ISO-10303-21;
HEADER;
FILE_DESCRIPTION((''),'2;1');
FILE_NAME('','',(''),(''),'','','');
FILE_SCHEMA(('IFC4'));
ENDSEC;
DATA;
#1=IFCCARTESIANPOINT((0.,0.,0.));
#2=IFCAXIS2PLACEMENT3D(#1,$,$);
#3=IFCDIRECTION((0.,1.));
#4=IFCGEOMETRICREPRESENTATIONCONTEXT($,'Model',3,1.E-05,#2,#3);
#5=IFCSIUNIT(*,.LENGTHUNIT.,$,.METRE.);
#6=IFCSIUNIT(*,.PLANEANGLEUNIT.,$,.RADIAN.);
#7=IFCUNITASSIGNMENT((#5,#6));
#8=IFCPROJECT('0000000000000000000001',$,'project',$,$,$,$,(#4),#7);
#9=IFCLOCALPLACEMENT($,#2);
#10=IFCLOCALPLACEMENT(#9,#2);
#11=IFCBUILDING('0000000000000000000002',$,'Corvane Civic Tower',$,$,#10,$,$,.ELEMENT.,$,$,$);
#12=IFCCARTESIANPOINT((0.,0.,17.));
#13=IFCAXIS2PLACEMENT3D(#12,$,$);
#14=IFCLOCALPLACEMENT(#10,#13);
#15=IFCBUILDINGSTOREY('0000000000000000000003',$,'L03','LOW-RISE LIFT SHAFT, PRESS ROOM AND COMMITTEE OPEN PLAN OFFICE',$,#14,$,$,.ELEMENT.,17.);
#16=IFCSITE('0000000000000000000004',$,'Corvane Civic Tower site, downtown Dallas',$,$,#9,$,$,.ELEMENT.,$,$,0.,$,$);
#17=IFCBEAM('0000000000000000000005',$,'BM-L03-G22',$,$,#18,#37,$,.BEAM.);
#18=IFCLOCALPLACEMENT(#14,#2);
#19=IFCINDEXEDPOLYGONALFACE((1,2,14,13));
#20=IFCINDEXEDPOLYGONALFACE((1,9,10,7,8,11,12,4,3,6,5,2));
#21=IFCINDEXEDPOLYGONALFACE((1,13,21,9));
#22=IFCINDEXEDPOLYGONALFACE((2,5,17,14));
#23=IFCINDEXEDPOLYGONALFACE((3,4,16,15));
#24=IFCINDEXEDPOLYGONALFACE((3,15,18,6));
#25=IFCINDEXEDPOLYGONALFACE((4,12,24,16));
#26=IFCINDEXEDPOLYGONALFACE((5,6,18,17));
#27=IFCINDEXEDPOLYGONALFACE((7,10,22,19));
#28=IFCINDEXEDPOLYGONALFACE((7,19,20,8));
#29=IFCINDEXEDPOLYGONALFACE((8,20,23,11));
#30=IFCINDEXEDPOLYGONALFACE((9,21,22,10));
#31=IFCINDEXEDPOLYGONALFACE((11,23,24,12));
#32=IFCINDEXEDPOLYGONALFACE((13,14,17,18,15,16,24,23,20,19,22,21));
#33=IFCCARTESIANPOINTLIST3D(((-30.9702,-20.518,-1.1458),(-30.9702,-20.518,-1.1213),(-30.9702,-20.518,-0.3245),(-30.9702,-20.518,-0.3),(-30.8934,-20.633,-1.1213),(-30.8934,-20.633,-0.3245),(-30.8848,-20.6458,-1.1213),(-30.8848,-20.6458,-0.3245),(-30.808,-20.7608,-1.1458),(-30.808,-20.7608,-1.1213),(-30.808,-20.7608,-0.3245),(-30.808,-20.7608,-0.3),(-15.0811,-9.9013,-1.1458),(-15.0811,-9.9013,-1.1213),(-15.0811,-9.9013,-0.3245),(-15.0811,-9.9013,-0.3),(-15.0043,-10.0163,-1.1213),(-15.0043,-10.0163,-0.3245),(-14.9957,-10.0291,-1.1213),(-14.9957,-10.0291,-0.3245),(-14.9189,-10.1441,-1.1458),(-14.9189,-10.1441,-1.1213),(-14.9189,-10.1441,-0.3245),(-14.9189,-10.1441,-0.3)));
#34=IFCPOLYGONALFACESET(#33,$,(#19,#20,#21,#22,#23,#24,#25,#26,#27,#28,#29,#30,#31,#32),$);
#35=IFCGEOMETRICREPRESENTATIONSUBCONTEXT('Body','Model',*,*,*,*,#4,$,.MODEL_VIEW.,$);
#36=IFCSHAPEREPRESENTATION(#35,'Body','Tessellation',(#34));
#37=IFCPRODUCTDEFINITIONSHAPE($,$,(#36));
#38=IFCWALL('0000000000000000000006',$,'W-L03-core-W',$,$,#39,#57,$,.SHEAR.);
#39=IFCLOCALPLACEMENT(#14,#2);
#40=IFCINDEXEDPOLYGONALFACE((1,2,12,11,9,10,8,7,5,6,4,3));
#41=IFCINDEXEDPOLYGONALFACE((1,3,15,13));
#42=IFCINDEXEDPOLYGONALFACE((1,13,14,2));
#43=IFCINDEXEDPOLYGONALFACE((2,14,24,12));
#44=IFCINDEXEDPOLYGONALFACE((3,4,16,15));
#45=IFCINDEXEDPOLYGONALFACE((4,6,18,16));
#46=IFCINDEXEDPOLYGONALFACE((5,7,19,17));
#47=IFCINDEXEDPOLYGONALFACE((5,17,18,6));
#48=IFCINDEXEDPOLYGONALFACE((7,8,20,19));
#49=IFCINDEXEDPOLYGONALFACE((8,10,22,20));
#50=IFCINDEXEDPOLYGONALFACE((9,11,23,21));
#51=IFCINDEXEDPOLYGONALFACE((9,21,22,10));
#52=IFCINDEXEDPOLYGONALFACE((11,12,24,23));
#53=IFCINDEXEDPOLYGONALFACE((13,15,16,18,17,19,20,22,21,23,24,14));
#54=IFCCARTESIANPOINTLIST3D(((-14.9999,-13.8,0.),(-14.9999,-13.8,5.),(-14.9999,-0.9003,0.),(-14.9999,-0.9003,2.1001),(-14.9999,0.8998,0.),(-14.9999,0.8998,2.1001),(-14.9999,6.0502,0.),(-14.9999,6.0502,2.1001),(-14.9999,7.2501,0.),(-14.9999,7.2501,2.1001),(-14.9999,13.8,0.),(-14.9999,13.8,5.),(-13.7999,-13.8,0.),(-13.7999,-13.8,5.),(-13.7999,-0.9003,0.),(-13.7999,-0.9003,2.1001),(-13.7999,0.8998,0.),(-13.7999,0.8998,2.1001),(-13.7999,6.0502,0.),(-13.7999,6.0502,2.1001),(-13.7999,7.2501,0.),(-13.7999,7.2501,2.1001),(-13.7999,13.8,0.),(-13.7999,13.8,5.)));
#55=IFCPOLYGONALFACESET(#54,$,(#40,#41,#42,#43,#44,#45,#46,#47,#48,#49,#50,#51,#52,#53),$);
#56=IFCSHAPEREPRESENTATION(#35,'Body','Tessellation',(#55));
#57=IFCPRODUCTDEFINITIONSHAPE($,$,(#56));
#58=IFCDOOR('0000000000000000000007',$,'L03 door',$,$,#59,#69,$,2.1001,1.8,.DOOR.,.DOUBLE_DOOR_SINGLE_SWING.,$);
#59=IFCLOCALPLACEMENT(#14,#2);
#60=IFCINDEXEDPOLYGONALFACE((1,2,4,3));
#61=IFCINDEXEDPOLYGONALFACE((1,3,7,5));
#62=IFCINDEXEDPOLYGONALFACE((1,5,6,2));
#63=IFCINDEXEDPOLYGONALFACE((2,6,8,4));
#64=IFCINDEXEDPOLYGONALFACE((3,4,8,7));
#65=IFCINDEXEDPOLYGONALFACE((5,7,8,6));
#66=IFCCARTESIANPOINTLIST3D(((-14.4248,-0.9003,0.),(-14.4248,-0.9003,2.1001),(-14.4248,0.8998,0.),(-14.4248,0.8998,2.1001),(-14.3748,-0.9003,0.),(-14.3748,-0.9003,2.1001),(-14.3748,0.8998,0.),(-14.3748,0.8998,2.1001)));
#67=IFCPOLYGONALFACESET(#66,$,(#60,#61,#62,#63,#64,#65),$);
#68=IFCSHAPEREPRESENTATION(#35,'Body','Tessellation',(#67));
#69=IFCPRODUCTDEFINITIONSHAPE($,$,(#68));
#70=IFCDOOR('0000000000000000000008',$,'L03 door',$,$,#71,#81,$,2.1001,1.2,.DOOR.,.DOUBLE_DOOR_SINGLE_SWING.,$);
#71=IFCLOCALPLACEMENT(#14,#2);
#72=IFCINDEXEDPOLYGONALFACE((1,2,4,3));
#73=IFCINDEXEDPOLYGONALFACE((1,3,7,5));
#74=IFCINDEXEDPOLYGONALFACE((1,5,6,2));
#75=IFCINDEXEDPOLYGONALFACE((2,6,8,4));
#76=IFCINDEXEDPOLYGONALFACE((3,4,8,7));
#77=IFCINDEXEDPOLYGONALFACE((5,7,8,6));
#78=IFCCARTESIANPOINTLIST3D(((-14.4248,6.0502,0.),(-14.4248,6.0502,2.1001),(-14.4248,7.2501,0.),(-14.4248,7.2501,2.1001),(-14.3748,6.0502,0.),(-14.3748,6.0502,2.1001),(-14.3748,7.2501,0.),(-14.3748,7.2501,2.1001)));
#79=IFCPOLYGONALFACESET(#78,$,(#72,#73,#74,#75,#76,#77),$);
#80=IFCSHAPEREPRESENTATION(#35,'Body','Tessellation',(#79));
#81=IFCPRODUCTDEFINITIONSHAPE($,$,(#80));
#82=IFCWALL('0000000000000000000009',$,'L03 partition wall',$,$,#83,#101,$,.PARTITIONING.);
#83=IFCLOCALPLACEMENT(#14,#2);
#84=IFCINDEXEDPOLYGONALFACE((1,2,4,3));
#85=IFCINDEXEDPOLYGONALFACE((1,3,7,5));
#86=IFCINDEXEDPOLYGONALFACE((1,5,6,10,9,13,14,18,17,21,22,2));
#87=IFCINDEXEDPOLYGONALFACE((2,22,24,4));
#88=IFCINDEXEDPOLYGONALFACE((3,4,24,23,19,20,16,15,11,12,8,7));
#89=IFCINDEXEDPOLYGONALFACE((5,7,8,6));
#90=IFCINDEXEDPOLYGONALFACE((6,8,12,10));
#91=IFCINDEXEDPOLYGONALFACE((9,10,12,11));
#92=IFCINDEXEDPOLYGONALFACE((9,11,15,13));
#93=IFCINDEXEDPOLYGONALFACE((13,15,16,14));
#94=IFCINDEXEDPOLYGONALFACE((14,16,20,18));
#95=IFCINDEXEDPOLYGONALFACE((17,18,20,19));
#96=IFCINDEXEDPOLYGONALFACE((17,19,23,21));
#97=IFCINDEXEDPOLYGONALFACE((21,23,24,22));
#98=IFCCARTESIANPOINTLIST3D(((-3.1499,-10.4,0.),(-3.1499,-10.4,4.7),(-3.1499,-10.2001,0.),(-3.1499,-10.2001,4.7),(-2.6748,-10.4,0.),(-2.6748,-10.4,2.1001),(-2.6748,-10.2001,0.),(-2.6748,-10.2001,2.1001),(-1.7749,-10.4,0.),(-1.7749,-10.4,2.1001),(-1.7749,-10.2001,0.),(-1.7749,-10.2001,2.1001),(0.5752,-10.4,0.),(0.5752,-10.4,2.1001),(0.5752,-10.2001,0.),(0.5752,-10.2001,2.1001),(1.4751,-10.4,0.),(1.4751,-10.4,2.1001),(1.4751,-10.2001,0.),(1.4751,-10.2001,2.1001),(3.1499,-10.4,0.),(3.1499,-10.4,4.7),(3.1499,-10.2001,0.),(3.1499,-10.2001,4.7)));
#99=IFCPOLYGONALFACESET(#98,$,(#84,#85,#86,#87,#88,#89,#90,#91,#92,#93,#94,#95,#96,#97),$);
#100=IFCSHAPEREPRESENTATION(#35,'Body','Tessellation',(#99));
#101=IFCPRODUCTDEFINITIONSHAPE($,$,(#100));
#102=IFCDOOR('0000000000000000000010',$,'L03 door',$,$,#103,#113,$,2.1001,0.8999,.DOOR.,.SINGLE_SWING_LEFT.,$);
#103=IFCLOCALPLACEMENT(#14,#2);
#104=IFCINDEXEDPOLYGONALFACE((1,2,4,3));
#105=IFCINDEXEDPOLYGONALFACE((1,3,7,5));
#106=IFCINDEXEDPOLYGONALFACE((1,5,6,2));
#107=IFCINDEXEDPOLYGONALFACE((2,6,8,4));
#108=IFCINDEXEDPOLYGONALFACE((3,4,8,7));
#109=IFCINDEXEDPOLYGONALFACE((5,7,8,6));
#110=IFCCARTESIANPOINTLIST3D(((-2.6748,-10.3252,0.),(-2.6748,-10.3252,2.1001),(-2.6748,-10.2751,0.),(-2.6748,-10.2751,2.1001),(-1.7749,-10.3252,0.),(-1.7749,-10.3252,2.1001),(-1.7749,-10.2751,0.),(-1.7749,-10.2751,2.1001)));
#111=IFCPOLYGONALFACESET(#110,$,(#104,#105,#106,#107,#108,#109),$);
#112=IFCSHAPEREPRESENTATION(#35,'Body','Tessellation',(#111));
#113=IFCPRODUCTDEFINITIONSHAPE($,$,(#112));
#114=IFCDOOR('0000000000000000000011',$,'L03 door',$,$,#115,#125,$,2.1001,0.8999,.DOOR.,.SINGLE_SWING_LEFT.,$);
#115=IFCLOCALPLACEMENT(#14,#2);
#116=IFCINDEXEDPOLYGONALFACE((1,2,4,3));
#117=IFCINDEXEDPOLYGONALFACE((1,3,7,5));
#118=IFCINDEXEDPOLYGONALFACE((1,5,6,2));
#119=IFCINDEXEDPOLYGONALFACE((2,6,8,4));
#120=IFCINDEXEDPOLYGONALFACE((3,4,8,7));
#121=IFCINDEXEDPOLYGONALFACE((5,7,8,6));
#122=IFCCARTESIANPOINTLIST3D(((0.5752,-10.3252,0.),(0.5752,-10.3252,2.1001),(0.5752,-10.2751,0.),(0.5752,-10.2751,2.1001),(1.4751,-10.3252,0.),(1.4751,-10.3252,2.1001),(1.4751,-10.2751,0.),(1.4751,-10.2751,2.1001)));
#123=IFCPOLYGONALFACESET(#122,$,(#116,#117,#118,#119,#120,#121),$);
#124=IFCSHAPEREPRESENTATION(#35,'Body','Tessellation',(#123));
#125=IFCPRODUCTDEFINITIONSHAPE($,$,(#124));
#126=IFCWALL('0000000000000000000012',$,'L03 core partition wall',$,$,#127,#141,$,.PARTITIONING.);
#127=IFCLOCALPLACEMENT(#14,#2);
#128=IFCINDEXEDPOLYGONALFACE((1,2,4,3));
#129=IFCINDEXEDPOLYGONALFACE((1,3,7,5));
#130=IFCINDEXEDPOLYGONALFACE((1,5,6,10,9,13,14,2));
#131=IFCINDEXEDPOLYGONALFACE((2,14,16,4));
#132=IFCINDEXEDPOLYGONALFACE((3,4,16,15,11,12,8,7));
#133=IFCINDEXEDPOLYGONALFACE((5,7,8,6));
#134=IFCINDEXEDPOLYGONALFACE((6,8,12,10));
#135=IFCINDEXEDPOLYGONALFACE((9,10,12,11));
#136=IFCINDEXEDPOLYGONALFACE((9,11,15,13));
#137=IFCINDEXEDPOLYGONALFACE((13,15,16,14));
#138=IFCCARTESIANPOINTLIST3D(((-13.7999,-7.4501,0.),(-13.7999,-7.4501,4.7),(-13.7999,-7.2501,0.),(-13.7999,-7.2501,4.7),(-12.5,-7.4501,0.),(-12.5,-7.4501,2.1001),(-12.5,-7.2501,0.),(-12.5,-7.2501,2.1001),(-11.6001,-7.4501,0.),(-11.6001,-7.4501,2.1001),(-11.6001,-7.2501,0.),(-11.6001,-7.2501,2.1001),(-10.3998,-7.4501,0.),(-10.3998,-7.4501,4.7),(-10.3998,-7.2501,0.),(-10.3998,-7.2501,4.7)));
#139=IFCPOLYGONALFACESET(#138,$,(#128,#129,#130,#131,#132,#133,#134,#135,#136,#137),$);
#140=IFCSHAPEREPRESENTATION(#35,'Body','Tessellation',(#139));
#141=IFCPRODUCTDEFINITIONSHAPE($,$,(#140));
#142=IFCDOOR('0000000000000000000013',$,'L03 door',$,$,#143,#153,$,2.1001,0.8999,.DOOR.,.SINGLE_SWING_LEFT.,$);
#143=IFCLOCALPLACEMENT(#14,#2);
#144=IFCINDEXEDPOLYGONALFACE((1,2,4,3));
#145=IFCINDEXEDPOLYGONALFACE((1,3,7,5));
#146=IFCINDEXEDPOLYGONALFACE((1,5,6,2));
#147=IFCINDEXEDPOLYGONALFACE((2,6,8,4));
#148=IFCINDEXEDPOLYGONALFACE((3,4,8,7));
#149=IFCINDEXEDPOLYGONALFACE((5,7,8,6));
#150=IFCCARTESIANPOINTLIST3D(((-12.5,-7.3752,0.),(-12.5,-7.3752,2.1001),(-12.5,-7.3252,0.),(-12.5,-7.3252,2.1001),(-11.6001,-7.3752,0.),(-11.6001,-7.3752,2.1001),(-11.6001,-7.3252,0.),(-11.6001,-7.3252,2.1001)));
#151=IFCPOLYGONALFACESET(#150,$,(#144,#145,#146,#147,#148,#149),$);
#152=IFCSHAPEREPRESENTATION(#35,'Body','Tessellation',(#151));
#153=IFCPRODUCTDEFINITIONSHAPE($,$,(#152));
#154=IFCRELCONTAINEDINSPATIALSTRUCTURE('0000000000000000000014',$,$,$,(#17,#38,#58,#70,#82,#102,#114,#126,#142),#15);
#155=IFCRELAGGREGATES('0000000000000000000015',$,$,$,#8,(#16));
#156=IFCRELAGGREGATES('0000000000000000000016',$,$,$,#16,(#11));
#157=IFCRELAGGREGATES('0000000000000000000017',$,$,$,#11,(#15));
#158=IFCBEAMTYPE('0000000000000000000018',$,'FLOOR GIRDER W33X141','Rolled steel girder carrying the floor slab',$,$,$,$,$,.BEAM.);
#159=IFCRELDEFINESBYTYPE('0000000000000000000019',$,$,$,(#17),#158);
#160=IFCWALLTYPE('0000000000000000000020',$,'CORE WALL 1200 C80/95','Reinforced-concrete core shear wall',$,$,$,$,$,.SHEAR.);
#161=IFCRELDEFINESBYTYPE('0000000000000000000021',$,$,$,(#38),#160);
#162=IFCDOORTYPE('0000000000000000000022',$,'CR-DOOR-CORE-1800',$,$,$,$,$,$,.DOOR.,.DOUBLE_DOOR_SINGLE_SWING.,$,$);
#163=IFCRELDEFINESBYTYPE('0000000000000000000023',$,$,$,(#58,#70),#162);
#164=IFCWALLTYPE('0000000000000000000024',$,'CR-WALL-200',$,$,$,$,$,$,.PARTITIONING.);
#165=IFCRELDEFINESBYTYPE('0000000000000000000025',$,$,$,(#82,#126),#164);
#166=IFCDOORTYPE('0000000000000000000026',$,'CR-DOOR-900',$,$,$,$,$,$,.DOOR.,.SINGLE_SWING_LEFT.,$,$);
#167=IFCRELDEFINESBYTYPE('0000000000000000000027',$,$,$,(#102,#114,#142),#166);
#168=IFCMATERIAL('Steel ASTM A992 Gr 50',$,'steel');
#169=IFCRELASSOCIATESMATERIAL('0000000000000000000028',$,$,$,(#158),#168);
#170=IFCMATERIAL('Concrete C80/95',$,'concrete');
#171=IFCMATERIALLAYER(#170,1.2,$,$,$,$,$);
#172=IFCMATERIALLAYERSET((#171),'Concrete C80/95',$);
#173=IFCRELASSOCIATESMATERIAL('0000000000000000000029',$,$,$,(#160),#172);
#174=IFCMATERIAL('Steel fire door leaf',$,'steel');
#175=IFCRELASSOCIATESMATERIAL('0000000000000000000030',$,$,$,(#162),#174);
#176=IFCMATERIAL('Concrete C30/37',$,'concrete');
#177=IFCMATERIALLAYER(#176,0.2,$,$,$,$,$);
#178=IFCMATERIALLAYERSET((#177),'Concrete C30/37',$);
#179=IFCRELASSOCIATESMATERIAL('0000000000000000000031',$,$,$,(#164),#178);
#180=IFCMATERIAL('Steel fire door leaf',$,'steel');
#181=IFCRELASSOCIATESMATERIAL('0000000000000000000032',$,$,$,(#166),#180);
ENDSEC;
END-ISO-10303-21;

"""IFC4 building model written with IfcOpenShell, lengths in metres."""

from ifc_helpers import new_model, si_unit, direction, frame, frame_2d, origin, origin_2d, place, context, subcontext, project, spatial, rectangle, i_section, extrude, material, layer, layer_set, material_profile, profile_set, type_object, element, fill, save


model = new_model("IFC4")

# Units and contexts
model_context = context("Model", 3, precision=1e-05, world=origin(), true_north=direction((0.0, 1.0)))
body_context = subcontext(model_context, "Body", "Model", "MODEL_VIEW")
ifc_project = project(units=[si_unit("LENGTHUNIT", "METRE"), si_unit("PLANEANGLEUNIT", "RADIAN")], contexts=[model_context])

# Site, building, storey
site_placement = place(None, origin())
site = spatial("IfcSite", under=ifc_project, at=site_placement, Name="Corvane Civic Tower site, downtown Dallas", CompositionType="ELEMENT", RefElevation=0.0)
building_placement = place(site_placement, origin())
building = spatial("IfcBuilding", under=site, at=building_placement, Name="Corvane Civic Tower", CompositionType="ELEMENT")
storey_placement = place(building_placement, frame((0.0, 0.0, 17.0)))
storey = spatial("IfcBuildingStorey", under=building, at=storey_placement, Name="L03", Description="LOW-RISE LIFT SHAFT, PRESS ROOM AND COMMITTEE OPEN PLAN OFFICE", CompositionType="ELEMENT", Elevation=17.0)

# Beam
ifc_material_1 = material(Name="Steel ASTM A992 Gr 50", Category="steel")
ifc_material_profile = material_profile(ifc_material_1, i_section(OverallWidth=0.292, OverallDepth=0.8457, WebThickness=0.0154, FlangeThickness=0.0244, at=origin_2d()), Name="W33X141")
ifc_profile_set = profile_set([ifc_material_profile], Name="Steel ASTM A992 Gr 50")
beam_type = type_object("IfcBeamType", Name="FLOOR GIRDER W33X141", Description="Rolled steel girder carrying the floor slab", PredefinedType="BEAM", material=ifc_profile_set)
beam_placement = place(storey_placement, frame((-15.0, -10.0227, -0.7229), z_axis=(-0.831472, -0.555567, 0.0), x_axis=(0.555567, -0.831472, 0.0)))
element("IfcBeam", 1, at=beam_placement, inside=storey, type_object=beam_type, Name="BM-L03-G22", PredefinedType="BEAM", context=body_context, shape_type="SweptSolid", body=[
    extrude(i_section(OverallWidth=0.292, OverallDepth=0.8457, WebThickness=0.0154, FlangeThickness=0.0244, at=origin_2d()), origin(), (0.0, 0.0, 1.0), 19.1096),
])

# Walls, openings, doors
ifc_material_2 = material(Name="Concrete C80/95", Category="concrete")
ifc_layer_1 = layer(ifc_material_2, 1.2)
ifc_layer_set_1 = layer_set([ifc_layer_1], Name="Concrete C80/95")
wall_type_1 = type_object("IfcWallType", Name="CORE WALL 1200 C80/95", Description="Reinforced-concrete core shear wall", PredefinedType="SHEAR", material=ifc_layer_set_1)
wall_1_placement = place(storey_placement, frame((-14.3999, -13.8, 0.0), z_axis=(0.0, 0.0, 1.0), x_axis=(0.0, 1.0, 0.0)))
wall_1 = element("IfcWall", 2, at=wall_1_placement, inside=storey, type_object=wall_type_1, Name="W-L03-core-W", PredefinedType="SHEAR", context=body_context, shape_type="SweptSolid", body=[
    extrude(rectangle(XDim=27.6001, YDim=1.2, at=frame_2d((13.8, 0.0))), origin(), (0.0, 0.0, 1.0), 5.0),
])
opening_1_placement = place(wall_1_placement, frame((12.8999, 0.0, 0.0)))
opening_1 = element("IfcOpeningElement", 3, at=opening_1_placement, cuts=wall_1, PredefinedType="OPENING", context=body_context, shape_type="SweptSolid", body=[
    extrude(rectangle(XDim=1.8, YDim=2.1001, at=frame_2d((0.8999, 1.05))), frame((0.0, 0.6099, 0.0), z_axis=(0.0, -1.0, 0.0), x_axis=(1.0, 0.0, 0.0)), (0.0, 0.0, 1.0), 1.22),
])
opening_2_placement = place(wall_1_placement, frame((19.8501, 0.0, 0.0)))
opening_2 = element("IfcOpeningElement", 4, at=opening_2_placement, cuts=wall_1, PredefinedType="OPENING", context=body_context, shape_type="SweptSolid", body=[
    extrude(rectangle(XDim=1.2, YDim=2.1001, at=frame_2d((0.6001, 1.05))), frame((0.0, 0.6099, 0.0), z_axis=(0.0, -1.0, 0.0), x_axis=(1.0, 0.0, 0.0)), (0.0, 0.0, 1.0), 1.22),
])
ifc_material_3 = material(Name="Steel fire door leaf", Category="steel")
door_type_1 = type_object("IfcDoorType", Name="CR-DOOR-CORE-1800", OperationType="DOUBLE_DOOR_SINGLE_SWING", PredefinedType="DOOR", material=ifc_material_3)
door_1_placement = place(opening_1_placement, origin())
door_1 = element("IfcDoor", 5, at=door_1_placement, inside=storey, type_object=door_type_1, Name="L03 door", OperationType="DOUBLE_DOOR_SINGLE_SWING", OverallHeight=2.1001, OverallWidth=1.8, PredefinedType="DOOR", context=body_context, shape_type="SweptSolid", body=[
    extrude(rectangle(XDim=1.8, YDim=2.1001, at=frame_2d((0.8999, 1.05))), frame((0.0, 0.0249, 0.0), z_axis=(0.0, -1.0, 0.0), x_axis=(1.0, 0.0, 0.0)), (0.0, 0.0, 1.0), 0.05),
])
fill(opening_1, door_1)
door_2_placement = place(opening_2_placement, origin())
door_2 = element("IfcDoor", 6, at=door_2_placement, inside=storey, type_object=door_type_1, Name="L03 door", OperationType="DOUBLE_DOOR_SINGLE_SWING", OverallHeight=2.1001, OverallWidth=1.2, PredefinedType="DOOR", context=body_context, shape_type="SweptSolid", body=[
    extrude(rectangle(XDim=1.2, YDim=2.1001, at=frame_2d((0.6001, 1.05))), frame((0.0, 0.0249, 0.0), z_axis=(0.0, -1.0, 0.0), x_axis=(1.0, 0.0, 0.0)), (0.0, 0.0, 1.0), 0.05),
])
fill(opening_2, door_2)
ifc_material_4 = material(Name="Concrete C30/37", Category="concrete")
ifc_layer_2 = layer(ifc_material_4, 0.2)
ifc_layer_set_2 = layer_set([ifc_layer_2], Name="Concrete C30/37")
wall_type_2 = type_object("IfcWallType", Name="CR-WALL-200", PredefinedType="PARTITIONING", material=ifc_layer_set_2)
wall_2_placement = place(storey_placement, frame((-3.1499, -10.3, 0.0), z_axis=(0.0, 0.0, 1.0), x_axis=(1.0, 0.0, 0.0)))
wall_2 = element("IfcWall", 7, at=wall_2_placement, inside=storey, type_object=wall_type_2, Name="L03 partition wall", PredefinedType="PARTITIONING", context=body_context, shape_type="SweptSolid", body=[
    extrude(rectangle(XDim=6.2998, YDim=0.2, at=frame_2d((3.1499, 0.0))), origin(), (0.0, 0.0, 1.0), 4.7),
])
opening_3_placement = place(wall_2_placement, frame((0.4751, 0.0, 0.0)))
opening_3 = element("IfcOpeningElement", 8, at=opening_3_placement, cuts=wall_2, PredefinedType="OPENING", context=body_context, shape_type="SweptSolid", body=[
    extrude(rectangle(XDim=0.8999, YDim=2.1001, at=frame_2d((0.45, 1.05))), frame((0.0, 0.1099, 0.0), z_axis=(0.0, -1.0, 0.0), x_axis=(1.0, 0.0, 0.0)), (0.0, 0.0, 1.0), 0.22),
])
opening_4_placement = place(wall_2_placement, frame((3.7251, 0.0, 0.0)))
opening_4 = element("IfcOpeningElement", 9, at=opening_4_placement, cuts=wall_2, PredefinedType="OPENING", context=body_context, shape_type="SweptSolid", body=[
    extrude(rectangle(XDim=0.8999, YDim=2.1001, at=frame_2d((0.45, 1.05))), frame((0.0, 0.1099, 0.0), z_axis=(0.0, -1.0, 0.0), x_axis=(1.0, 0.0, 0.0)), (0.0, 0.0, 1.0), 0.22),
])
ifc_material_5 = material(Name="Steel fire door leaf", Category="steel")
door_type_2 = type_object("IfcDoorType", Name="CR-DOOR-900", OperationType="SINGLE_SWING_LEFT", PredefinedType="DOOR", material=ifc_material_5)
door_3_placement = place(opening_3_placement, origin())
door_3 = element("IfcDoor", 10, at=door_3_placement, inside=storey, type_object=door_type_2, Name="L03 door", OperationType="SINGLE_SWING_LEFT", OverallHeight=2.1001, OverallWidth=0.8999, PredefinedType="DOOR", context=body_context, shape_type="SweptSolid", body=[
    extrude(rectangle(XDim=0.8999, YDim=2.1001, at=frame_2d((0.45, 1.05))), frame((0.0, 0.0249, 0.0), z_axis=(0.0, -1.0, 0.0), x_axis=(1.0, 0.0, 0.0)), (0.0, 0.0, 1.0), 0.05),
])
fill(opening_3, door_3)
door_4_placement = place(opening_4_placement, origin())
door_4 = element("IfcDoor", 11, at=door_4_placement, inside=storey, type_object=door_type_2, Name="L03 door", OperationType="SINGLE_SWING_LEFT", OverallHeight=2.1001, OverallWidth=0.8999, PredefinedType="DOOR", context=body_context, shape_type="SweptSolid", body=[
    extrude(rectangle(XDim=0.8999, YDim=2.1001, at=frame_2d((0.45, 1.05))), frame((0.0, 0.0249, 0.0), z_axis=(0.0, -1.0, 0.0), x_axis=(1.0, 0.0, 0.0)), (0.0, 0.0, 1.0), 0.05),
])
fill(opening_4, door_4)

# Wall, opening, door
wall_3_placement = place(storey_placement, frame((-13.8, -7.3501, 0.0), z_axis=(0.0, 0.0, 1.0), x_axis=(1.0, 0.0, 0.0)))
wall_3 = element("IfcWall", 12, at=wall_3_placement, inside=storey, type_object=wall_type_2, Name="L03 core partition wall", PredefinedType="PARTITIONING", context=body_context, shape_type="SweptSolid", body=[
    extrude(rectangle(XDim=3.4001, YDim=0.2, at=frame_2d((1.7002, 0.0))), origin(), (0.0, 0.0, 1.0), 4.7),
])
opening_5_placement = place(wall_3_placement, frame((1.3, 0.0, 0.0)))
opening_5 = element("IfcOpeningElement", 13, at=opening_5_placement, cuts=wall_3, PredefinedType="OPENING", context=body_context, shape_type="SweptSolid", body=[
    extrude(rectangle(XDim=0.8999, YDim=2.1001, at=frame_2d((0.45, 1.05))), frame((0.0, 0.1099, 0.0), z_axis=(0.0, -1.0, 0.0), x_axis=(1.0, 0.0, 0.0)), (0.0, 0.0, 1.0), 0.22),
])
door_5_placement = place(opening_5_placement, origin())
door_5 = element("IfcDoor", 14, at=door_5_placement, inside=storey, type_object=door_type_2, Name="L03 door", OperationType="SINGLE_SWING_LEFT", OverallHeight=2.1001, OverallWidth=0.8999, PredefinedType="DOOR", context=body_context, shape_type="SweptSolid", body=[
    extrude(rectangle(XDim=0.8999, YDim=2.1001, at=frame_2d((0.45, 1.05))), frame((0.0, 0.0249, 0.0), z_axis=(0.0, -1.0, 0.0), x_axis=(1.0, 0.0, 0.0)), (0.0, 0.0, 1.0), 0.05),
])
fill(opening_5, door_5)

save(model, "model.ifc")
